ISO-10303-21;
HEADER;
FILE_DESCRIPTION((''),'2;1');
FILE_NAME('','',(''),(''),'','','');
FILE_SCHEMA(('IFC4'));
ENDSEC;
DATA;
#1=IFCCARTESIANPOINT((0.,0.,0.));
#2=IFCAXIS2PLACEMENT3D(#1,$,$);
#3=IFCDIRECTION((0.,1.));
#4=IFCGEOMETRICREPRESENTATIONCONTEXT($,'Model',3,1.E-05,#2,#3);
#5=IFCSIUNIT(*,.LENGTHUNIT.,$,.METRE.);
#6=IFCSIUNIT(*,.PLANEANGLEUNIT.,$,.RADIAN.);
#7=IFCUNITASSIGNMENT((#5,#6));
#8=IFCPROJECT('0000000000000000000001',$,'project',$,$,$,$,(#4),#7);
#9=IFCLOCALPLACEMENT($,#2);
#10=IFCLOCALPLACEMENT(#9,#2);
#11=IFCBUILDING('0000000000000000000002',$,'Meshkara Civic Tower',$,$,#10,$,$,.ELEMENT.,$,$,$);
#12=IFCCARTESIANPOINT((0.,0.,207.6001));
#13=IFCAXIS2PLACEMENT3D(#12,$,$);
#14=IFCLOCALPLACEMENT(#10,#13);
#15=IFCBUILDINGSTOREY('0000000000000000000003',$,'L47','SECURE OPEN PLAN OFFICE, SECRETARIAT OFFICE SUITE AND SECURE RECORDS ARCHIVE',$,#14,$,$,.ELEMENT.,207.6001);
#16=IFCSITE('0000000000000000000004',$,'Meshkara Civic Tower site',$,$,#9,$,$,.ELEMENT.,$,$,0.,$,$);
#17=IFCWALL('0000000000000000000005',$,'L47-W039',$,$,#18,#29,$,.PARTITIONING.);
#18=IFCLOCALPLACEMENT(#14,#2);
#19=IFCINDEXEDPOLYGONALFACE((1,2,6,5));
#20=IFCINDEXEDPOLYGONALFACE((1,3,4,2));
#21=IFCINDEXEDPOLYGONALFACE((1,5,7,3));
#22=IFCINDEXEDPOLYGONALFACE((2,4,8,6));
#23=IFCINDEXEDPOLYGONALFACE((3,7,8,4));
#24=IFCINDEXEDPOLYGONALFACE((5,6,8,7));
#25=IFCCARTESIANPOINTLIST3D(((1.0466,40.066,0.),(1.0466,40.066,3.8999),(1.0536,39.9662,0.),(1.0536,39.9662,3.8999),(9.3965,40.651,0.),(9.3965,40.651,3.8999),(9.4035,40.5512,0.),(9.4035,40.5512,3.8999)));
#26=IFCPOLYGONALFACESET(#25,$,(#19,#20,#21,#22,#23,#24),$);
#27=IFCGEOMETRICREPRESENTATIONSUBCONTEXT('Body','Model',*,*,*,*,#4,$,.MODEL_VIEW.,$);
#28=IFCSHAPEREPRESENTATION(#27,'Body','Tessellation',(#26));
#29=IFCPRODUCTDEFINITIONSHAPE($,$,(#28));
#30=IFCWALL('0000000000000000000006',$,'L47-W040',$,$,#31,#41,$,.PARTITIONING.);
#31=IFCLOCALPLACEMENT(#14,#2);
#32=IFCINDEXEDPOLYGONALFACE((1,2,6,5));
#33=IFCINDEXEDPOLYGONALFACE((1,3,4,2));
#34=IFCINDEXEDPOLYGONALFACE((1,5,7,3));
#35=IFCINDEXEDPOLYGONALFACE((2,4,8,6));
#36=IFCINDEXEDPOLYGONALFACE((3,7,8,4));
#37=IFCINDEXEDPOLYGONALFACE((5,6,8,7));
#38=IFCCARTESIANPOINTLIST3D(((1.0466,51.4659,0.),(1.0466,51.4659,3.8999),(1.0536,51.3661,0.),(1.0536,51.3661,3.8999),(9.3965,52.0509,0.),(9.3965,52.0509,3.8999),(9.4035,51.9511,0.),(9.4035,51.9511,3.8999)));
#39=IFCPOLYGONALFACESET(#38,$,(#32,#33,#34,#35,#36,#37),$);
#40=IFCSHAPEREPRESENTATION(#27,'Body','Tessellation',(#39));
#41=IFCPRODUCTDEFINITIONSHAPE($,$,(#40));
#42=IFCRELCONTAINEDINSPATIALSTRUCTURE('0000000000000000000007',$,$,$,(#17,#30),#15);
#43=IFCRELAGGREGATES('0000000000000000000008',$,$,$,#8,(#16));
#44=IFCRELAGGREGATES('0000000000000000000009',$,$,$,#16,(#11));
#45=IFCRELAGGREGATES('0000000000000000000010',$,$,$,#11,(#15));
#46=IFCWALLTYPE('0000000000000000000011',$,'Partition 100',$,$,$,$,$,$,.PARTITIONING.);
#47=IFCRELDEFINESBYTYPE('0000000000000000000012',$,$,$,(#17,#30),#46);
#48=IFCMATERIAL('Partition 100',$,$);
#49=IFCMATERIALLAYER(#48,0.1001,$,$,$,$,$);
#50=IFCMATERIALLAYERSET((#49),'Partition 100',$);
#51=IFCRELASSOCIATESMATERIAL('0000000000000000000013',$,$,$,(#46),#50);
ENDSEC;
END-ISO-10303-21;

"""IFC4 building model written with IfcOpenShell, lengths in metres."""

from ifc_helpers import new_model, si_unit, direction, frame, frame_2d, origin, place, context, subcontext, project, spatial, rectangle, extrude, material, layer, layer_set, type_object, element, save


model = new_model("IFC4")

# Units and contexts
model_context = context("Model", 3, precision=1e-05, world=origin(), true_north=direction((0.0, 1.0)))
body_context = subcontext(model_context, "Body", "Model", "MODEL_VIEW")
ifc_project = project(units=[si_unit("LENGTHUNIT", "METRE"), si_unit("PLANEANGLEUNIT", "RADIAN")], contexts=[model_context])

# Site, building, storey
site_placement = place(None, origin())
site = spatial("IfcSite", under=ifc_project, at=site_placement, Name="Meshkara Civic Tower site", CompositionType="ELEMENT", RefElevation=0.0)
building_placement = place(site_placement, origin())
building = spatial("IfcBuilding", under=site, at=building_placement, Name="Meshkara Civic Tower", CompositionType="ELEMENT")
storey_placement = place(building_placement, frame((0.0, 0.0, 207.6001)))
storey = spatial("IfcBuildingStorey", under=building, at=storey_placement, Name="L47", Description="SECURE OPEN PLAN OFFICE, SECRETARIAT OFFICE SUITE AND SECURE RECORDS ARCHIVE", CompositionType="ELEMENT", Elevation=207.6001)

# Walls
ifc_material_1 = material(Name="Partition 100")
ifc_layer_1 = layer(ifc_material_1, 0.1001)
ifc_layer_set_1 = layer_set([ifc_layer_1], Name="Partition 100")
wall_type_1 = type_object("IfcWallType", Name="Partition 100", PredefinedType="PARTITIONING", material=ifc_layer_set_1)
for number, where, z_axis, x_axis, name in (
    (1, (9.3999, 40.6011, 0.0), (0.0, 0.0, 1.0), (-0.997555, -0.069885, 0.0), "L47-W039"),
    (2, (9.3999, 52.001, 0.0), (0.0, 0.0, 1.0), (-0.997555, -0.069885, 0.0), "L47-W040"),
):
    element("IfcWall", number, at=place(storey_placement, frame(where, z_axis=z_axis, x_axis=x_axis)), inside=storey, type_object=wall_type_1, Name=name, PredefinedType="PARTITIONING", context=body_context, shape_type="SweptSolid", body=[
        extrude(rectangle(XDim=8.3704, YDim=0.1001, at=frame_2d((4.1851, 0.0))), origin(), (0.0, 0.0, 1.0), 3.8999),
    ])

save(model, "model.ifc")
